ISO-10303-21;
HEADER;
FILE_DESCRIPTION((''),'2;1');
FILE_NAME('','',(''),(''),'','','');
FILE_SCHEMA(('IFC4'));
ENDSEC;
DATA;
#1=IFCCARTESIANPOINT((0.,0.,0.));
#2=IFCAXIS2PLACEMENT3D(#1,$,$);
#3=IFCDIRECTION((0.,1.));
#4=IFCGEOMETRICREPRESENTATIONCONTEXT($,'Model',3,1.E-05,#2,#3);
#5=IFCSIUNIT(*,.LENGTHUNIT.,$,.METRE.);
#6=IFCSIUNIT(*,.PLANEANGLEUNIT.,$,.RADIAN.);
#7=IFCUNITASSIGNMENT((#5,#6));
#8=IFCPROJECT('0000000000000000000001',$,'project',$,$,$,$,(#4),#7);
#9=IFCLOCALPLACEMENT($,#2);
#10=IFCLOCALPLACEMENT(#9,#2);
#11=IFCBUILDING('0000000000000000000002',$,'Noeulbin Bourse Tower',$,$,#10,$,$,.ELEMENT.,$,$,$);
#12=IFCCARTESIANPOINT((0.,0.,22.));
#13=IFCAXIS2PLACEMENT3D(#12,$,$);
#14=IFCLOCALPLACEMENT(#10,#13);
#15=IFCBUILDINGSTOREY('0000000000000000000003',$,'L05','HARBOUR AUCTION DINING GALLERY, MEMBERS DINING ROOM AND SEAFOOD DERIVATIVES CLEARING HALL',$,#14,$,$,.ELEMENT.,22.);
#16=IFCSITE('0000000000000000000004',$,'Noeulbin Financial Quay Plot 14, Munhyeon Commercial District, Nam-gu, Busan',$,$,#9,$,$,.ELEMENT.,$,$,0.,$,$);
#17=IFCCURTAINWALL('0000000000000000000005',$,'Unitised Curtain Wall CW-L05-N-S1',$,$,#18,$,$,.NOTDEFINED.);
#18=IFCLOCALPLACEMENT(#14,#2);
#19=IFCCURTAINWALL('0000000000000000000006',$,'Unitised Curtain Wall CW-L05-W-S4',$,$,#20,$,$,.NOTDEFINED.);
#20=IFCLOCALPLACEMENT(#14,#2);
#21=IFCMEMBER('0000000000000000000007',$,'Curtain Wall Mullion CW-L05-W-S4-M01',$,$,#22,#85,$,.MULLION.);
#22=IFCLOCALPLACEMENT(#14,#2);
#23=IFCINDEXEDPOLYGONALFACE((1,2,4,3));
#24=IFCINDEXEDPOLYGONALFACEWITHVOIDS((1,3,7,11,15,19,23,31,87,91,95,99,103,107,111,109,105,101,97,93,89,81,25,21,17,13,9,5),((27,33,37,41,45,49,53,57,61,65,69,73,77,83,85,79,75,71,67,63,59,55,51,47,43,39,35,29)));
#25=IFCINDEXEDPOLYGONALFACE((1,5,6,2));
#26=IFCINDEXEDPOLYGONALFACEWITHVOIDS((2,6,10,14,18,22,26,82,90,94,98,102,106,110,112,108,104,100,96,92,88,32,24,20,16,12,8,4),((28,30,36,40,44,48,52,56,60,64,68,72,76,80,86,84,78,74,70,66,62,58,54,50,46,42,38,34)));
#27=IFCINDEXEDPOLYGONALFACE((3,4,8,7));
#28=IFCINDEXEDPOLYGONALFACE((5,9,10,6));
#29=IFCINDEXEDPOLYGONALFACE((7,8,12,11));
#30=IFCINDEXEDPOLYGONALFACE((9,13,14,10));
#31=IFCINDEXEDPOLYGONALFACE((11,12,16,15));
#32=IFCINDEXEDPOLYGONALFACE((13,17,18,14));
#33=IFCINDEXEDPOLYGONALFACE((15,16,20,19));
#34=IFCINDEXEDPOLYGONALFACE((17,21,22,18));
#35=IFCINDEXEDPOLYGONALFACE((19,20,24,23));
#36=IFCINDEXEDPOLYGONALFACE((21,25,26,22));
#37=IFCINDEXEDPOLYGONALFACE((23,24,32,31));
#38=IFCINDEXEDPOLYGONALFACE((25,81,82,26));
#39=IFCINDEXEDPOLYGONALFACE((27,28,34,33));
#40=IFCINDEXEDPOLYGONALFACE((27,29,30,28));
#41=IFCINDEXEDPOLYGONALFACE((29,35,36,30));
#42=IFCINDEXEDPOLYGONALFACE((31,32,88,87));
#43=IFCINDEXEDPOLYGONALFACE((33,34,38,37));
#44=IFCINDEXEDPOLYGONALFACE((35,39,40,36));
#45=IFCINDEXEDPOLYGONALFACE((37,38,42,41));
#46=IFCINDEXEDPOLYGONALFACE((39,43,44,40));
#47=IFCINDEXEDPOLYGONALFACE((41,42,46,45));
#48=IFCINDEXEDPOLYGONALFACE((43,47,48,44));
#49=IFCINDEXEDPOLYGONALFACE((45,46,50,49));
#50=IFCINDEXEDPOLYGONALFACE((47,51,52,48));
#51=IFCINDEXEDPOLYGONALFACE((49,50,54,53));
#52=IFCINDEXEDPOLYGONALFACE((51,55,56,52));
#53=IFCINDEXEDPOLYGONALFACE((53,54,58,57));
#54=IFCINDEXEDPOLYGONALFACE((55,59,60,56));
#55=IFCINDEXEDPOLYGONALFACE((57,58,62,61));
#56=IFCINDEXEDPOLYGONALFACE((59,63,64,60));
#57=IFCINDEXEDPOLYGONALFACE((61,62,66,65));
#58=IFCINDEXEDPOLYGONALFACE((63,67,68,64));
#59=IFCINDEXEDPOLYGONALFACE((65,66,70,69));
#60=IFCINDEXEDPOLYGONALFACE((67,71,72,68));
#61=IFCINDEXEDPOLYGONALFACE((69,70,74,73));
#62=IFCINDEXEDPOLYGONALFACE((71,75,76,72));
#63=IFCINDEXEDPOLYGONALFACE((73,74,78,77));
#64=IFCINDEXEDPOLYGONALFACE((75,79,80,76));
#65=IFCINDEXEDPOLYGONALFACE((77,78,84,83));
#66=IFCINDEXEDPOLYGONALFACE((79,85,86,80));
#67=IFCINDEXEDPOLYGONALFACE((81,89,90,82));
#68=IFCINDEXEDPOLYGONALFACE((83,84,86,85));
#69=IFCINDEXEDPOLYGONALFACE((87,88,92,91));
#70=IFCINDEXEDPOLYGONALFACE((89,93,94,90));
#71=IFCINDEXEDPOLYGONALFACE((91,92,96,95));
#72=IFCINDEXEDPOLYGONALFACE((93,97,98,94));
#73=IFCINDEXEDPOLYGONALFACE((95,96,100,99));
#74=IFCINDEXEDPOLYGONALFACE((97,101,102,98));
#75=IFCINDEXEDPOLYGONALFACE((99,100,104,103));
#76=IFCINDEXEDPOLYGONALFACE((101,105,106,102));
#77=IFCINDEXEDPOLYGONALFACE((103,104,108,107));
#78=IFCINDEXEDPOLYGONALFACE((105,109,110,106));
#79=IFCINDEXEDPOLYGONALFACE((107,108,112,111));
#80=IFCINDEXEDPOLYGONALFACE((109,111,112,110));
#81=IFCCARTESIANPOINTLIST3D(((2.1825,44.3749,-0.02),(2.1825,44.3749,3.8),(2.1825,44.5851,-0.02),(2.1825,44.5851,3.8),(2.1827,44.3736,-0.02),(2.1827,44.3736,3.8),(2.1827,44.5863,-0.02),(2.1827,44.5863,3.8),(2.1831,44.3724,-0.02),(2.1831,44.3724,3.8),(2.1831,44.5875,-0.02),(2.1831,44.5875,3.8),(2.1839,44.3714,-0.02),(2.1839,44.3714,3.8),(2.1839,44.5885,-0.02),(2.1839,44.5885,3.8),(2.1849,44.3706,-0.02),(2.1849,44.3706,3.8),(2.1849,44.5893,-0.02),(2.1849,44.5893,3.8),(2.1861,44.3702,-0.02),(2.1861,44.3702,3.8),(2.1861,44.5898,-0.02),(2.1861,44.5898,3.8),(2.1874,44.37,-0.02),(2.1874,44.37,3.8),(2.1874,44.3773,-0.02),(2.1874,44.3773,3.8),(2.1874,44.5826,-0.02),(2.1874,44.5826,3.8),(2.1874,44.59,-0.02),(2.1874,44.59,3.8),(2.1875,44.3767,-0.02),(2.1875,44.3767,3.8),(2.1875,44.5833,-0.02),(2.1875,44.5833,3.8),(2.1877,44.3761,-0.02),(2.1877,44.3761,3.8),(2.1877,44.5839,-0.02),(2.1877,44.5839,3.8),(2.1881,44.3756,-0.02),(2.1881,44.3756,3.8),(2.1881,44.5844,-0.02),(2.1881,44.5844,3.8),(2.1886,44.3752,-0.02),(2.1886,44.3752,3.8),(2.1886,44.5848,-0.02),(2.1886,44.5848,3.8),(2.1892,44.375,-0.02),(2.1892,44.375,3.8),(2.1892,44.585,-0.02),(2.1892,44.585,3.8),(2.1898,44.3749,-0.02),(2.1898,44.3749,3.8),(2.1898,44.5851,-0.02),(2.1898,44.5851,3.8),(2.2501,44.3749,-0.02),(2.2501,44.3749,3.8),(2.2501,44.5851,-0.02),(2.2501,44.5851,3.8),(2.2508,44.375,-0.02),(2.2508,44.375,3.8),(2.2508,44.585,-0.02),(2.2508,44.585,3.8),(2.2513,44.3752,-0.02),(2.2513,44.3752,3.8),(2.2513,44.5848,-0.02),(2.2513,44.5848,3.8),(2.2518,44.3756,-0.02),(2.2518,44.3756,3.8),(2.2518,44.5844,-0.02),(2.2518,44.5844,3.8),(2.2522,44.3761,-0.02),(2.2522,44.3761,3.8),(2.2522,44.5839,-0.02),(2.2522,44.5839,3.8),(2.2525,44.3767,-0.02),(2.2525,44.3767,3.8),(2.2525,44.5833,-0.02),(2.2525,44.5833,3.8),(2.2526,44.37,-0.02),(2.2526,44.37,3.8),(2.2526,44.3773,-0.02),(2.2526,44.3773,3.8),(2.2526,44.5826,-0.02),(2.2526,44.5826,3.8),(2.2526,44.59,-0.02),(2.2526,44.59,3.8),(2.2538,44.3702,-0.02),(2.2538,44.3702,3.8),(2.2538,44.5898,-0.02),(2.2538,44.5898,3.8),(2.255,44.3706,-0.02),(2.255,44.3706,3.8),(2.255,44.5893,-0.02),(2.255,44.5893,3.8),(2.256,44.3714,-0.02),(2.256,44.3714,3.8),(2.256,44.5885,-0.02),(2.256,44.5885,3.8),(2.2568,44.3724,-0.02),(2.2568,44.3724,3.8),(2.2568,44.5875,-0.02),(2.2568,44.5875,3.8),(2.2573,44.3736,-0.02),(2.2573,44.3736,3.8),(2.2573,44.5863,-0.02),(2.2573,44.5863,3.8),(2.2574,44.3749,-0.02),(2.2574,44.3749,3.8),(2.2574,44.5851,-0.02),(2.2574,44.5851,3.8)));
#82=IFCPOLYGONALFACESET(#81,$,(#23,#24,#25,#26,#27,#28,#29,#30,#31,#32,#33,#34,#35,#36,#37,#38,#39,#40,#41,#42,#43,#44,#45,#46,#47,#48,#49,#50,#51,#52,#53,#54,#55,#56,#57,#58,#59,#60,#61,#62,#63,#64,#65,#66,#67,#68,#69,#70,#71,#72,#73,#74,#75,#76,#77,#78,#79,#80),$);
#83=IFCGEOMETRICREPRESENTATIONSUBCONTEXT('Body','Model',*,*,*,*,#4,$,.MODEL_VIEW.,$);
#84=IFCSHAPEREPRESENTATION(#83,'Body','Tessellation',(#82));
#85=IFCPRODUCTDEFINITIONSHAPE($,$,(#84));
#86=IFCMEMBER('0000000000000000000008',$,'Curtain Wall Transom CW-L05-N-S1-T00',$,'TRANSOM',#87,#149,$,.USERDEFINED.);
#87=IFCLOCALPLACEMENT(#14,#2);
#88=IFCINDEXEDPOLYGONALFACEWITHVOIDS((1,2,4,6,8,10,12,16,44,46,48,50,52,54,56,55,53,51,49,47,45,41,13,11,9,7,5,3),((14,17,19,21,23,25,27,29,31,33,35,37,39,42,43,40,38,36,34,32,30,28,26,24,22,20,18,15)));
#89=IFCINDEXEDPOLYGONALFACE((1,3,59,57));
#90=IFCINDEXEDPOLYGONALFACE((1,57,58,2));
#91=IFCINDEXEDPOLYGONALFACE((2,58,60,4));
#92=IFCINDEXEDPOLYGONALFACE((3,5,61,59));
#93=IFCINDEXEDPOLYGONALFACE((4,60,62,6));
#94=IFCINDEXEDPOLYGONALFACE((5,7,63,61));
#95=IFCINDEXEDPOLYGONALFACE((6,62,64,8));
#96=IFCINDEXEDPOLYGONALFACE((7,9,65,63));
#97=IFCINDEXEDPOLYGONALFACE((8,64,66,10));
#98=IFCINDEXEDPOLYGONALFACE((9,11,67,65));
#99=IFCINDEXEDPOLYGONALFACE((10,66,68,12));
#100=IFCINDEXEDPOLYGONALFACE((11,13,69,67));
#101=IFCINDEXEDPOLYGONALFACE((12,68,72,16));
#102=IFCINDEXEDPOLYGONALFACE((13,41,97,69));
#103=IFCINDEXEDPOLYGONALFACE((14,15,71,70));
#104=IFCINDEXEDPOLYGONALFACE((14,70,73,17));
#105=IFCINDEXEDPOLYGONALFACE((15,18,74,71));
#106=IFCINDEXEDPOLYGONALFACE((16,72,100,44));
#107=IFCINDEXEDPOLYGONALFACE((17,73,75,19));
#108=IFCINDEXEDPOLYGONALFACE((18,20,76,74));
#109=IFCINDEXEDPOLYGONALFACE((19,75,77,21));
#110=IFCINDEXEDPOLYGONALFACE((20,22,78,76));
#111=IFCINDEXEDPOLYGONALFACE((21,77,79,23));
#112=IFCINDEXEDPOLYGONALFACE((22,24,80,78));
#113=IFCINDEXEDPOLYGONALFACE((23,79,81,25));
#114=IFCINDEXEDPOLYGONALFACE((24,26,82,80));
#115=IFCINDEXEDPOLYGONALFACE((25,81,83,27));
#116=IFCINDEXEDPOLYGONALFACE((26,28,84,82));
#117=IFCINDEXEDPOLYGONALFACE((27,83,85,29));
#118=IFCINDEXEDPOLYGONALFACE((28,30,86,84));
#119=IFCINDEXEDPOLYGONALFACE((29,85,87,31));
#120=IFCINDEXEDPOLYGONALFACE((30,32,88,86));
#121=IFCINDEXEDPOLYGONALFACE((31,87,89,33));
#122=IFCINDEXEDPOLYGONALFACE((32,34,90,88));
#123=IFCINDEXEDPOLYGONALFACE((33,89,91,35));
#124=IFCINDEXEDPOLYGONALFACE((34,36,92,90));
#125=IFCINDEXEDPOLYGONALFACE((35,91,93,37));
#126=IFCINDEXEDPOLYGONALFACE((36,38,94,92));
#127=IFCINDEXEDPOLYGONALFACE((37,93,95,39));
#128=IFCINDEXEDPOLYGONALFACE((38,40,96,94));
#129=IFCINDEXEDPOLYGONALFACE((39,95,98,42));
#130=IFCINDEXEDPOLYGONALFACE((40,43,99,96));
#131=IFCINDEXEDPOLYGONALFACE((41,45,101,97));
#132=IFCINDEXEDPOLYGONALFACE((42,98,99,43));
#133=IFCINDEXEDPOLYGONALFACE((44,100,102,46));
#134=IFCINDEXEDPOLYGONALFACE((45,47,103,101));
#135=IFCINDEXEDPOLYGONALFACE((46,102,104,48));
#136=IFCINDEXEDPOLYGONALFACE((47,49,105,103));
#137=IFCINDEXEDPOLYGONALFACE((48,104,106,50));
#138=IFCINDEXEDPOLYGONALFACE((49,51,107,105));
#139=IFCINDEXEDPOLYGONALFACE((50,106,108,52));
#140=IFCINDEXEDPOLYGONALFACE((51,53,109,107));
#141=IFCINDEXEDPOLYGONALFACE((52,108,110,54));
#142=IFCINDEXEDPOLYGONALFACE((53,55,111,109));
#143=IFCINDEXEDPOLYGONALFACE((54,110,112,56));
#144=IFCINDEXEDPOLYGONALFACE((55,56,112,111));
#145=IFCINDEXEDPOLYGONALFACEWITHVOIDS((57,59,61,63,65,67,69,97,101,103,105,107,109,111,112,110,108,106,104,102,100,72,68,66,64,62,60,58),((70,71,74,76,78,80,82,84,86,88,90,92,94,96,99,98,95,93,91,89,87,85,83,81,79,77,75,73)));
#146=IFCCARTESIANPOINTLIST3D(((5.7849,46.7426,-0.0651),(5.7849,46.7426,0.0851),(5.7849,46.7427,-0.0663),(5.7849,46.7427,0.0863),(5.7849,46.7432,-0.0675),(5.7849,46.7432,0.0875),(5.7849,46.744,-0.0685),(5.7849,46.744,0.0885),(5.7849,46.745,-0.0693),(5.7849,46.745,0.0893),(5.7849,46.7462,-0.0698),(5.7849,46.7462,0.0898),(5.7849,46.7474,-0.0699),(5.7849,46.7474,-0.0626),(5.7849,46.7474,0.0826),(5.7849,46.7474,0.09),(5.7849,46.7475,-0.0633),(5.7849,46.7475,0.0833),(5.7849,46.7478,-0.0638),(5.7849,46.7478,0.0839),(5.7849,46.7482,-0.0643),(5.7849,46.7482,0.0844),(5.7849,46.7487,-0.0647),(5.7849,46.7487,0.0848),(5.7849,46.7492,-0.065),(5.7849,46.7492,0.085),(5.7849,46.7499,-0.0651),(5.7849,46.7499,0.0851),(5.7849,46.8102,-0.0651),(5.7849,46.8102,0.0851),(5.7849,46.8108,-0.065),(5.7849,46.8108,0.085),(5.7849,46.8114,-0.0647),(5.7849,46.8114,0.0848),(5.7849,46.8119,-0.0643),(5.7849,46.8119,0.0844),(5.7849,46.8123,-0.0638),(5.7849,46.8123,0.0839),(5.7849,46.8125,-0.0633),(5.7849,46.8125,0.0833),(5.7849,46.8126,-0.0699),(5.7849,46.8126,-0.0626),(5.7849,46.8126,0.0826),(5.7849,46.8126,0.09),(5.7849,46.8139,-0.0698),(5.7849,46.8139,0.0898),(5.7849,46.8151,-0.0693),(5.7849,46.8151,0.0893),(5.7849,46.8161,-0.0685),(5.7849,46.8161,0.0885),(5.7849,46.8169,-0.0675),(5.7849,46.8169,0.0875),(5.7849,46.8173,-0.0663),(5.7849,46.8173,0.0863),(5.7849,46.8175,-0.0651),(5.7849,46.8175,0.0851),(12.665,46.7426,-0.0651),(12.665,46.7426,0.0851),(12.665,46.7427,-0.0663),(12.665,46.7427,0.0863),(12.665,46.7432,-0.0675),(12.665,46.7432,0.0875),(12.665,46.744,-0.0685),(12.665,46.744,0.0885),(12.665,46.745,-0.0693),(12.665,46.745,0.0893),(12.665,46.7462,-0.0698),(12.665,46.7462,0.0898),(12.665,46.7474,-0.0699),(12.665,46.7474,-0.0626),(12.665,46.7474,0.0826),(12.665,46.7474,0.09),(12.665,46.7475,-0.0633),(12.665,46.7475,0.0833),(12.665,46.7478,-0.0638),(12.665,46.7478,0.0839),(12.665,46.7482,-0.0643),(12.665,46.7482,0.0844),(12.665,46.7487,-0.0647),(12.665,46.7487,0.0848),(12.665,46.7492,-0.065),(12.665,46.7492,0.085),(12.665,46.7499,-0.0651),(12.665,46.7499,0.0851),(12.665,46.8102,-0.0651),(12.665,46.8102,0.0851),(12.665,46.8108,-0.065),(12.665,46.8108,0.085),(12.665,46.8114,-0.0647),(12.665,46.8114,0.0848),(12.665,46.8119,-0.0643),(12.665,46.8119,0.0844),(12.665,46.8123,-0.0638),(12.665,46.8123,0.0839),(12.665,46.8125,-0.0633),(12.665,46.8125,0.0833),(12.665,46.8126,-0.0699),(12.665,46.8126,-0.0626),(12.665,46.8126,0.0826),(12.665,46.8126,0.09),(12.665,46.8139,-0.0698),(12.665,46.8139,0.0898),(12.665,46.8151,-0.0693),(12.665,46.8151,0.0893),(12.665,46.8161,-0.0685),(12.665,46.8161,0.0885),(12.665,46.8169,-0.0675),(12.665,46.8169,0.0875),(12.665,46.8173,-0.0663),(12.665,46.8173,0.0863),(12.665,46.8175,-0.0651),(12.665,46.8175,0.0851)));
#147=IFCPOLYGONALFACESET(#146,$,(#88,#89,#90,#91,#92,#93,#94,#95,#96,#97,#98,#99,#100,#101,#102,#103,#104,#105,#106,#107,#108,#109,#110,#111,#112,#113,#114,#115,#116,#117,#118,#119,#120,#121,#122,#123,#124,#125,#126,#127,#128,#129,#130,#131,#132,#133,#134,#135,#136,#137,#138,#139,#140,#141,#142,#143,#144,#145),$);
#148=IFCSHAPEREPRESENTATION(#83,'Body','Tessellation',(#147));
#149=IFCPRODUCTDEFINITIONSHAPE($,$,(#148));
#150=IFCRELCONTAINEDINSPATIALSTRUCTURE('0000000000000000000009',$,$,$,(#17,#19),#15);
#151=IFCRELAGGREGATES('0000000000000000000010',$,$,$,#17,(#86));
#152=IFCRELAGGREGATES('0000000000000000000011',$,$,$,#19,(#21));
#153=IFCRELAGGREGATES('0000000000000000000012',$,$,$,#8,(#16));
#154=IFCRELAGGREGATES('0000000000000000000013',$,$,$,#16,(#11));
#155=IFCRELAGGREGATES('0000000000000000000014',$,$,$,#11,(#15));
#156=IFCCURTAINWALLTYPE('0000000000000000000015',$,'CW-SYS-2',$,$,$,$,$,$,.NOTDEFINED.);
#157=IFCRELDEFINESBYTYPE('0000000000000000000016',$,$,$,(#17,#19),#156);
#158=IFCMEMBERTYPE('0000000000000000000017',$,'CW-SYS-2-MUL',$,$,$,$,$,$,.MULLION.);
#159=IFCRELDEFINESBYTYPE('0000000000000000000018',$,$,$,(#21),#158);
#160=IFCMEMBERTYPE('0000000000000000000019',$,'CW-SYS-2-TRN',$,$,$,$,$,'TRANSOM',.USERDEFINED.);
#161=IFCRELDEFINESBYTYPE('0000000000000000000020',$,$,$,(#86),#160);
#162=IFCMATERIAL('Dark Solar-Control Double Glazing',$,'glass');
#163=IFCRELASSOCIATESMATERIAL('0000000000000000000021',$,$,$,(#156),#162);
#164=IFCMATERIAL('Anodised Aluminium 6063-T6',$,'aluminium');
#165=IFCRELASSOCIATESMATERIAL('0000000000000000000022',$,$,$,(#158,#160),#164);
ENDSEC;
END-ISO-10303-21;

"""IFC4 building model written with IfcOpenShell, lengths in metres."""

from ifc_helpers import new_model, si_unit, direction, frame, origin, origin_2d, place, context, subcontext, project, spatial, hollow_rectangle, extrude, material, material_profile, profile_set, type_object, element, aggregate, save


model = new_model("IFC4")

# Units and contexts
model_context = context("Model", 3, precision=1e-05, world=origin(), true_north=direction((0.0, 1.0)))
body_context = subcontext(model_context, "Body", "Model", "MODEL_VIEW")
ifc_project = project(units=[si_unit("LENGTHUNIT", "METRE"), si_unit("PLANEANGLEUNIT", "RADIAN")], contexts=[model_context])

# Site, building, storey
site_placement = place(None, origin())
site = spatial("IfcSite", under=ifc_project, at=site_placement, Name="Noeulbin Financial Quay Plot 14, Munhyeon Commercial District, Nam-gu, Busan", CompositionType="ELEMENT", RefElevation=0.0)
building_placement = place(site_placement, origin())
building = spatial("IfcBuilding", under=site, at=building_placement, Name="Noeulbin Bourse Tower", CompositionType="ELEMENT")
storey_placement = place(building_placement, frame((0.0, 0.0, 22.0)))
storey = spatial("IfcBuildingStorey", under=building, at=storey_placement, Name="L05", Description="HARBOUR AUCTION DINING GALLERY, MEMBERS DINING ROOM AND SEAFOOD DERIVATIVES CLEARING HALL", CompositionType="ELEMENT", Elevation=22.0)

# Curtain wall
ifc_material_1 = material(Name="Dark Solar-Control Double Glazing", Category="glass")
curtain_wall_type = type_object("IfcCurtainWallType", Name="CW-SYS-2", PredefinedType="NOTDEFINED", material=ifc_material_1)
curtain_wall_1_placement = place(storey_placement, origin())
curtain_wall_1 = element("IfcCurtainWall", 1, at=curtain_wall_1_placement, inside=storey, type_object=curtain_wall_type, Name="Unitised Curtain Wall CW-L05-N-S1", PredefinedType="NOTDEFINED")
ifc_material_2 = material(Name="Anodised Aluminium 6063-T6", Category="aluminium")
ifc_material_profile_1 = material_profile(ifc_material_2, hollow_rectangle(XDim=0.075, YDim=0.22, WallThickness=0.0049, InnerFilletRadius=0.0024, OuterFilletRadius=0.0049, at=origin_2d()), Name="ALU-MULL-75x220x5", Category="LoadBearing")
ifc_profile_set_1 = profile_set([ifc_material_profile_1], Name="Anodised Aluminium 6063-T6")
member_type_1 = type_object("IfcMemberType", Name="CW-SYS-2-MUL", PredefinedType="MULLION", material=ifc_profile_set_1)

# Curtain wall, member
curtain_wall_2_placement = place(storey_placement, origin())
curtain_wall_2 = element("IfcCurtainWall", 2, at=curtain_wall_2_placement, inside=storey, type_object=curtain_wall_type, Name="Unitised Curtain Wall CW-L05-W-S4", PredefinedType="NOTDEFINED")
member_1_placement = place(storey_placement, frame((2.22, 44.48, -0.02), z_axis=(0.0, 0.0, 1.0), x_axis=(1.0, 0.0, 0.0)))
member_1 = element("IfcMember", 3, at=member_1_placement, type_object=member_type_1, Name="Curtain Wall Mullion CW-L05-W-S4-M01", PredefinedType="MULLION", context=body_context, shape_type="SweptSolid", body=[
    extrude(hollow_rectangle(XDim=0.075, YDim=0.22, WallThickness=0.0049, InnerFilletRadius=0.0024, OuterFilletRadius=0.0049, at=origin_2d()), origin(), (0.0, 0.0, 1.0), 3.8201),
])

# Member
ifc_material_profile_2 = material_profile(ifc_material_2, hollow_rectangle(XDim=0.075, YDim=0.1599, WallThickness=0.0049, InnerFilletRadius=0.0024, OuterFilletRadius=0.0049, at=origin_2d()), Name="ALU-TRAN-75x160x5", Category="LoadBearing")
ifc_profile_set_2 = profile_set([ifc_material_profile_2], Name="Anodised Aluminium 6063-T6")
member_type_2 = type_object("IfcMemberType", Name="CW-SYS-2-TRN", ElementType="TRANSOM", PredefinedType="USERDEFINED", material=ifc_profile_set_2)
member_2_placement = place(storey_placement, frame((5.7849, 46.78, 0.01), z_axis=(1.0, 0.0, 0.0), x_axis=(0.0, 1.0, 0.0)))
member_2 = element("IfcMember", 4, at=member_2_placement, type_object=member_type_2, Name="Curtain Wall Transom CW-L05-N-S1-T00", ObjectType="TRANSOM", PredefinedType="USERDEFINED", context=body_context, shape_type="SweptSolid", body=[
    extrude(hollow_rectangle(XDim=0.075, YDim=0.1599, WallThickness=0.0049, InnerFilletRadius=0.0024, OuterFilletRadius=0.0049, at=origin_2d()), origin(), (0.0, 0.0, 1.0), 6.8801),
])
aggregate(curtain_wall_1, [member_2])

aggregate(curtain_wall_2, [member_1])

save(model, "model.ifc")
